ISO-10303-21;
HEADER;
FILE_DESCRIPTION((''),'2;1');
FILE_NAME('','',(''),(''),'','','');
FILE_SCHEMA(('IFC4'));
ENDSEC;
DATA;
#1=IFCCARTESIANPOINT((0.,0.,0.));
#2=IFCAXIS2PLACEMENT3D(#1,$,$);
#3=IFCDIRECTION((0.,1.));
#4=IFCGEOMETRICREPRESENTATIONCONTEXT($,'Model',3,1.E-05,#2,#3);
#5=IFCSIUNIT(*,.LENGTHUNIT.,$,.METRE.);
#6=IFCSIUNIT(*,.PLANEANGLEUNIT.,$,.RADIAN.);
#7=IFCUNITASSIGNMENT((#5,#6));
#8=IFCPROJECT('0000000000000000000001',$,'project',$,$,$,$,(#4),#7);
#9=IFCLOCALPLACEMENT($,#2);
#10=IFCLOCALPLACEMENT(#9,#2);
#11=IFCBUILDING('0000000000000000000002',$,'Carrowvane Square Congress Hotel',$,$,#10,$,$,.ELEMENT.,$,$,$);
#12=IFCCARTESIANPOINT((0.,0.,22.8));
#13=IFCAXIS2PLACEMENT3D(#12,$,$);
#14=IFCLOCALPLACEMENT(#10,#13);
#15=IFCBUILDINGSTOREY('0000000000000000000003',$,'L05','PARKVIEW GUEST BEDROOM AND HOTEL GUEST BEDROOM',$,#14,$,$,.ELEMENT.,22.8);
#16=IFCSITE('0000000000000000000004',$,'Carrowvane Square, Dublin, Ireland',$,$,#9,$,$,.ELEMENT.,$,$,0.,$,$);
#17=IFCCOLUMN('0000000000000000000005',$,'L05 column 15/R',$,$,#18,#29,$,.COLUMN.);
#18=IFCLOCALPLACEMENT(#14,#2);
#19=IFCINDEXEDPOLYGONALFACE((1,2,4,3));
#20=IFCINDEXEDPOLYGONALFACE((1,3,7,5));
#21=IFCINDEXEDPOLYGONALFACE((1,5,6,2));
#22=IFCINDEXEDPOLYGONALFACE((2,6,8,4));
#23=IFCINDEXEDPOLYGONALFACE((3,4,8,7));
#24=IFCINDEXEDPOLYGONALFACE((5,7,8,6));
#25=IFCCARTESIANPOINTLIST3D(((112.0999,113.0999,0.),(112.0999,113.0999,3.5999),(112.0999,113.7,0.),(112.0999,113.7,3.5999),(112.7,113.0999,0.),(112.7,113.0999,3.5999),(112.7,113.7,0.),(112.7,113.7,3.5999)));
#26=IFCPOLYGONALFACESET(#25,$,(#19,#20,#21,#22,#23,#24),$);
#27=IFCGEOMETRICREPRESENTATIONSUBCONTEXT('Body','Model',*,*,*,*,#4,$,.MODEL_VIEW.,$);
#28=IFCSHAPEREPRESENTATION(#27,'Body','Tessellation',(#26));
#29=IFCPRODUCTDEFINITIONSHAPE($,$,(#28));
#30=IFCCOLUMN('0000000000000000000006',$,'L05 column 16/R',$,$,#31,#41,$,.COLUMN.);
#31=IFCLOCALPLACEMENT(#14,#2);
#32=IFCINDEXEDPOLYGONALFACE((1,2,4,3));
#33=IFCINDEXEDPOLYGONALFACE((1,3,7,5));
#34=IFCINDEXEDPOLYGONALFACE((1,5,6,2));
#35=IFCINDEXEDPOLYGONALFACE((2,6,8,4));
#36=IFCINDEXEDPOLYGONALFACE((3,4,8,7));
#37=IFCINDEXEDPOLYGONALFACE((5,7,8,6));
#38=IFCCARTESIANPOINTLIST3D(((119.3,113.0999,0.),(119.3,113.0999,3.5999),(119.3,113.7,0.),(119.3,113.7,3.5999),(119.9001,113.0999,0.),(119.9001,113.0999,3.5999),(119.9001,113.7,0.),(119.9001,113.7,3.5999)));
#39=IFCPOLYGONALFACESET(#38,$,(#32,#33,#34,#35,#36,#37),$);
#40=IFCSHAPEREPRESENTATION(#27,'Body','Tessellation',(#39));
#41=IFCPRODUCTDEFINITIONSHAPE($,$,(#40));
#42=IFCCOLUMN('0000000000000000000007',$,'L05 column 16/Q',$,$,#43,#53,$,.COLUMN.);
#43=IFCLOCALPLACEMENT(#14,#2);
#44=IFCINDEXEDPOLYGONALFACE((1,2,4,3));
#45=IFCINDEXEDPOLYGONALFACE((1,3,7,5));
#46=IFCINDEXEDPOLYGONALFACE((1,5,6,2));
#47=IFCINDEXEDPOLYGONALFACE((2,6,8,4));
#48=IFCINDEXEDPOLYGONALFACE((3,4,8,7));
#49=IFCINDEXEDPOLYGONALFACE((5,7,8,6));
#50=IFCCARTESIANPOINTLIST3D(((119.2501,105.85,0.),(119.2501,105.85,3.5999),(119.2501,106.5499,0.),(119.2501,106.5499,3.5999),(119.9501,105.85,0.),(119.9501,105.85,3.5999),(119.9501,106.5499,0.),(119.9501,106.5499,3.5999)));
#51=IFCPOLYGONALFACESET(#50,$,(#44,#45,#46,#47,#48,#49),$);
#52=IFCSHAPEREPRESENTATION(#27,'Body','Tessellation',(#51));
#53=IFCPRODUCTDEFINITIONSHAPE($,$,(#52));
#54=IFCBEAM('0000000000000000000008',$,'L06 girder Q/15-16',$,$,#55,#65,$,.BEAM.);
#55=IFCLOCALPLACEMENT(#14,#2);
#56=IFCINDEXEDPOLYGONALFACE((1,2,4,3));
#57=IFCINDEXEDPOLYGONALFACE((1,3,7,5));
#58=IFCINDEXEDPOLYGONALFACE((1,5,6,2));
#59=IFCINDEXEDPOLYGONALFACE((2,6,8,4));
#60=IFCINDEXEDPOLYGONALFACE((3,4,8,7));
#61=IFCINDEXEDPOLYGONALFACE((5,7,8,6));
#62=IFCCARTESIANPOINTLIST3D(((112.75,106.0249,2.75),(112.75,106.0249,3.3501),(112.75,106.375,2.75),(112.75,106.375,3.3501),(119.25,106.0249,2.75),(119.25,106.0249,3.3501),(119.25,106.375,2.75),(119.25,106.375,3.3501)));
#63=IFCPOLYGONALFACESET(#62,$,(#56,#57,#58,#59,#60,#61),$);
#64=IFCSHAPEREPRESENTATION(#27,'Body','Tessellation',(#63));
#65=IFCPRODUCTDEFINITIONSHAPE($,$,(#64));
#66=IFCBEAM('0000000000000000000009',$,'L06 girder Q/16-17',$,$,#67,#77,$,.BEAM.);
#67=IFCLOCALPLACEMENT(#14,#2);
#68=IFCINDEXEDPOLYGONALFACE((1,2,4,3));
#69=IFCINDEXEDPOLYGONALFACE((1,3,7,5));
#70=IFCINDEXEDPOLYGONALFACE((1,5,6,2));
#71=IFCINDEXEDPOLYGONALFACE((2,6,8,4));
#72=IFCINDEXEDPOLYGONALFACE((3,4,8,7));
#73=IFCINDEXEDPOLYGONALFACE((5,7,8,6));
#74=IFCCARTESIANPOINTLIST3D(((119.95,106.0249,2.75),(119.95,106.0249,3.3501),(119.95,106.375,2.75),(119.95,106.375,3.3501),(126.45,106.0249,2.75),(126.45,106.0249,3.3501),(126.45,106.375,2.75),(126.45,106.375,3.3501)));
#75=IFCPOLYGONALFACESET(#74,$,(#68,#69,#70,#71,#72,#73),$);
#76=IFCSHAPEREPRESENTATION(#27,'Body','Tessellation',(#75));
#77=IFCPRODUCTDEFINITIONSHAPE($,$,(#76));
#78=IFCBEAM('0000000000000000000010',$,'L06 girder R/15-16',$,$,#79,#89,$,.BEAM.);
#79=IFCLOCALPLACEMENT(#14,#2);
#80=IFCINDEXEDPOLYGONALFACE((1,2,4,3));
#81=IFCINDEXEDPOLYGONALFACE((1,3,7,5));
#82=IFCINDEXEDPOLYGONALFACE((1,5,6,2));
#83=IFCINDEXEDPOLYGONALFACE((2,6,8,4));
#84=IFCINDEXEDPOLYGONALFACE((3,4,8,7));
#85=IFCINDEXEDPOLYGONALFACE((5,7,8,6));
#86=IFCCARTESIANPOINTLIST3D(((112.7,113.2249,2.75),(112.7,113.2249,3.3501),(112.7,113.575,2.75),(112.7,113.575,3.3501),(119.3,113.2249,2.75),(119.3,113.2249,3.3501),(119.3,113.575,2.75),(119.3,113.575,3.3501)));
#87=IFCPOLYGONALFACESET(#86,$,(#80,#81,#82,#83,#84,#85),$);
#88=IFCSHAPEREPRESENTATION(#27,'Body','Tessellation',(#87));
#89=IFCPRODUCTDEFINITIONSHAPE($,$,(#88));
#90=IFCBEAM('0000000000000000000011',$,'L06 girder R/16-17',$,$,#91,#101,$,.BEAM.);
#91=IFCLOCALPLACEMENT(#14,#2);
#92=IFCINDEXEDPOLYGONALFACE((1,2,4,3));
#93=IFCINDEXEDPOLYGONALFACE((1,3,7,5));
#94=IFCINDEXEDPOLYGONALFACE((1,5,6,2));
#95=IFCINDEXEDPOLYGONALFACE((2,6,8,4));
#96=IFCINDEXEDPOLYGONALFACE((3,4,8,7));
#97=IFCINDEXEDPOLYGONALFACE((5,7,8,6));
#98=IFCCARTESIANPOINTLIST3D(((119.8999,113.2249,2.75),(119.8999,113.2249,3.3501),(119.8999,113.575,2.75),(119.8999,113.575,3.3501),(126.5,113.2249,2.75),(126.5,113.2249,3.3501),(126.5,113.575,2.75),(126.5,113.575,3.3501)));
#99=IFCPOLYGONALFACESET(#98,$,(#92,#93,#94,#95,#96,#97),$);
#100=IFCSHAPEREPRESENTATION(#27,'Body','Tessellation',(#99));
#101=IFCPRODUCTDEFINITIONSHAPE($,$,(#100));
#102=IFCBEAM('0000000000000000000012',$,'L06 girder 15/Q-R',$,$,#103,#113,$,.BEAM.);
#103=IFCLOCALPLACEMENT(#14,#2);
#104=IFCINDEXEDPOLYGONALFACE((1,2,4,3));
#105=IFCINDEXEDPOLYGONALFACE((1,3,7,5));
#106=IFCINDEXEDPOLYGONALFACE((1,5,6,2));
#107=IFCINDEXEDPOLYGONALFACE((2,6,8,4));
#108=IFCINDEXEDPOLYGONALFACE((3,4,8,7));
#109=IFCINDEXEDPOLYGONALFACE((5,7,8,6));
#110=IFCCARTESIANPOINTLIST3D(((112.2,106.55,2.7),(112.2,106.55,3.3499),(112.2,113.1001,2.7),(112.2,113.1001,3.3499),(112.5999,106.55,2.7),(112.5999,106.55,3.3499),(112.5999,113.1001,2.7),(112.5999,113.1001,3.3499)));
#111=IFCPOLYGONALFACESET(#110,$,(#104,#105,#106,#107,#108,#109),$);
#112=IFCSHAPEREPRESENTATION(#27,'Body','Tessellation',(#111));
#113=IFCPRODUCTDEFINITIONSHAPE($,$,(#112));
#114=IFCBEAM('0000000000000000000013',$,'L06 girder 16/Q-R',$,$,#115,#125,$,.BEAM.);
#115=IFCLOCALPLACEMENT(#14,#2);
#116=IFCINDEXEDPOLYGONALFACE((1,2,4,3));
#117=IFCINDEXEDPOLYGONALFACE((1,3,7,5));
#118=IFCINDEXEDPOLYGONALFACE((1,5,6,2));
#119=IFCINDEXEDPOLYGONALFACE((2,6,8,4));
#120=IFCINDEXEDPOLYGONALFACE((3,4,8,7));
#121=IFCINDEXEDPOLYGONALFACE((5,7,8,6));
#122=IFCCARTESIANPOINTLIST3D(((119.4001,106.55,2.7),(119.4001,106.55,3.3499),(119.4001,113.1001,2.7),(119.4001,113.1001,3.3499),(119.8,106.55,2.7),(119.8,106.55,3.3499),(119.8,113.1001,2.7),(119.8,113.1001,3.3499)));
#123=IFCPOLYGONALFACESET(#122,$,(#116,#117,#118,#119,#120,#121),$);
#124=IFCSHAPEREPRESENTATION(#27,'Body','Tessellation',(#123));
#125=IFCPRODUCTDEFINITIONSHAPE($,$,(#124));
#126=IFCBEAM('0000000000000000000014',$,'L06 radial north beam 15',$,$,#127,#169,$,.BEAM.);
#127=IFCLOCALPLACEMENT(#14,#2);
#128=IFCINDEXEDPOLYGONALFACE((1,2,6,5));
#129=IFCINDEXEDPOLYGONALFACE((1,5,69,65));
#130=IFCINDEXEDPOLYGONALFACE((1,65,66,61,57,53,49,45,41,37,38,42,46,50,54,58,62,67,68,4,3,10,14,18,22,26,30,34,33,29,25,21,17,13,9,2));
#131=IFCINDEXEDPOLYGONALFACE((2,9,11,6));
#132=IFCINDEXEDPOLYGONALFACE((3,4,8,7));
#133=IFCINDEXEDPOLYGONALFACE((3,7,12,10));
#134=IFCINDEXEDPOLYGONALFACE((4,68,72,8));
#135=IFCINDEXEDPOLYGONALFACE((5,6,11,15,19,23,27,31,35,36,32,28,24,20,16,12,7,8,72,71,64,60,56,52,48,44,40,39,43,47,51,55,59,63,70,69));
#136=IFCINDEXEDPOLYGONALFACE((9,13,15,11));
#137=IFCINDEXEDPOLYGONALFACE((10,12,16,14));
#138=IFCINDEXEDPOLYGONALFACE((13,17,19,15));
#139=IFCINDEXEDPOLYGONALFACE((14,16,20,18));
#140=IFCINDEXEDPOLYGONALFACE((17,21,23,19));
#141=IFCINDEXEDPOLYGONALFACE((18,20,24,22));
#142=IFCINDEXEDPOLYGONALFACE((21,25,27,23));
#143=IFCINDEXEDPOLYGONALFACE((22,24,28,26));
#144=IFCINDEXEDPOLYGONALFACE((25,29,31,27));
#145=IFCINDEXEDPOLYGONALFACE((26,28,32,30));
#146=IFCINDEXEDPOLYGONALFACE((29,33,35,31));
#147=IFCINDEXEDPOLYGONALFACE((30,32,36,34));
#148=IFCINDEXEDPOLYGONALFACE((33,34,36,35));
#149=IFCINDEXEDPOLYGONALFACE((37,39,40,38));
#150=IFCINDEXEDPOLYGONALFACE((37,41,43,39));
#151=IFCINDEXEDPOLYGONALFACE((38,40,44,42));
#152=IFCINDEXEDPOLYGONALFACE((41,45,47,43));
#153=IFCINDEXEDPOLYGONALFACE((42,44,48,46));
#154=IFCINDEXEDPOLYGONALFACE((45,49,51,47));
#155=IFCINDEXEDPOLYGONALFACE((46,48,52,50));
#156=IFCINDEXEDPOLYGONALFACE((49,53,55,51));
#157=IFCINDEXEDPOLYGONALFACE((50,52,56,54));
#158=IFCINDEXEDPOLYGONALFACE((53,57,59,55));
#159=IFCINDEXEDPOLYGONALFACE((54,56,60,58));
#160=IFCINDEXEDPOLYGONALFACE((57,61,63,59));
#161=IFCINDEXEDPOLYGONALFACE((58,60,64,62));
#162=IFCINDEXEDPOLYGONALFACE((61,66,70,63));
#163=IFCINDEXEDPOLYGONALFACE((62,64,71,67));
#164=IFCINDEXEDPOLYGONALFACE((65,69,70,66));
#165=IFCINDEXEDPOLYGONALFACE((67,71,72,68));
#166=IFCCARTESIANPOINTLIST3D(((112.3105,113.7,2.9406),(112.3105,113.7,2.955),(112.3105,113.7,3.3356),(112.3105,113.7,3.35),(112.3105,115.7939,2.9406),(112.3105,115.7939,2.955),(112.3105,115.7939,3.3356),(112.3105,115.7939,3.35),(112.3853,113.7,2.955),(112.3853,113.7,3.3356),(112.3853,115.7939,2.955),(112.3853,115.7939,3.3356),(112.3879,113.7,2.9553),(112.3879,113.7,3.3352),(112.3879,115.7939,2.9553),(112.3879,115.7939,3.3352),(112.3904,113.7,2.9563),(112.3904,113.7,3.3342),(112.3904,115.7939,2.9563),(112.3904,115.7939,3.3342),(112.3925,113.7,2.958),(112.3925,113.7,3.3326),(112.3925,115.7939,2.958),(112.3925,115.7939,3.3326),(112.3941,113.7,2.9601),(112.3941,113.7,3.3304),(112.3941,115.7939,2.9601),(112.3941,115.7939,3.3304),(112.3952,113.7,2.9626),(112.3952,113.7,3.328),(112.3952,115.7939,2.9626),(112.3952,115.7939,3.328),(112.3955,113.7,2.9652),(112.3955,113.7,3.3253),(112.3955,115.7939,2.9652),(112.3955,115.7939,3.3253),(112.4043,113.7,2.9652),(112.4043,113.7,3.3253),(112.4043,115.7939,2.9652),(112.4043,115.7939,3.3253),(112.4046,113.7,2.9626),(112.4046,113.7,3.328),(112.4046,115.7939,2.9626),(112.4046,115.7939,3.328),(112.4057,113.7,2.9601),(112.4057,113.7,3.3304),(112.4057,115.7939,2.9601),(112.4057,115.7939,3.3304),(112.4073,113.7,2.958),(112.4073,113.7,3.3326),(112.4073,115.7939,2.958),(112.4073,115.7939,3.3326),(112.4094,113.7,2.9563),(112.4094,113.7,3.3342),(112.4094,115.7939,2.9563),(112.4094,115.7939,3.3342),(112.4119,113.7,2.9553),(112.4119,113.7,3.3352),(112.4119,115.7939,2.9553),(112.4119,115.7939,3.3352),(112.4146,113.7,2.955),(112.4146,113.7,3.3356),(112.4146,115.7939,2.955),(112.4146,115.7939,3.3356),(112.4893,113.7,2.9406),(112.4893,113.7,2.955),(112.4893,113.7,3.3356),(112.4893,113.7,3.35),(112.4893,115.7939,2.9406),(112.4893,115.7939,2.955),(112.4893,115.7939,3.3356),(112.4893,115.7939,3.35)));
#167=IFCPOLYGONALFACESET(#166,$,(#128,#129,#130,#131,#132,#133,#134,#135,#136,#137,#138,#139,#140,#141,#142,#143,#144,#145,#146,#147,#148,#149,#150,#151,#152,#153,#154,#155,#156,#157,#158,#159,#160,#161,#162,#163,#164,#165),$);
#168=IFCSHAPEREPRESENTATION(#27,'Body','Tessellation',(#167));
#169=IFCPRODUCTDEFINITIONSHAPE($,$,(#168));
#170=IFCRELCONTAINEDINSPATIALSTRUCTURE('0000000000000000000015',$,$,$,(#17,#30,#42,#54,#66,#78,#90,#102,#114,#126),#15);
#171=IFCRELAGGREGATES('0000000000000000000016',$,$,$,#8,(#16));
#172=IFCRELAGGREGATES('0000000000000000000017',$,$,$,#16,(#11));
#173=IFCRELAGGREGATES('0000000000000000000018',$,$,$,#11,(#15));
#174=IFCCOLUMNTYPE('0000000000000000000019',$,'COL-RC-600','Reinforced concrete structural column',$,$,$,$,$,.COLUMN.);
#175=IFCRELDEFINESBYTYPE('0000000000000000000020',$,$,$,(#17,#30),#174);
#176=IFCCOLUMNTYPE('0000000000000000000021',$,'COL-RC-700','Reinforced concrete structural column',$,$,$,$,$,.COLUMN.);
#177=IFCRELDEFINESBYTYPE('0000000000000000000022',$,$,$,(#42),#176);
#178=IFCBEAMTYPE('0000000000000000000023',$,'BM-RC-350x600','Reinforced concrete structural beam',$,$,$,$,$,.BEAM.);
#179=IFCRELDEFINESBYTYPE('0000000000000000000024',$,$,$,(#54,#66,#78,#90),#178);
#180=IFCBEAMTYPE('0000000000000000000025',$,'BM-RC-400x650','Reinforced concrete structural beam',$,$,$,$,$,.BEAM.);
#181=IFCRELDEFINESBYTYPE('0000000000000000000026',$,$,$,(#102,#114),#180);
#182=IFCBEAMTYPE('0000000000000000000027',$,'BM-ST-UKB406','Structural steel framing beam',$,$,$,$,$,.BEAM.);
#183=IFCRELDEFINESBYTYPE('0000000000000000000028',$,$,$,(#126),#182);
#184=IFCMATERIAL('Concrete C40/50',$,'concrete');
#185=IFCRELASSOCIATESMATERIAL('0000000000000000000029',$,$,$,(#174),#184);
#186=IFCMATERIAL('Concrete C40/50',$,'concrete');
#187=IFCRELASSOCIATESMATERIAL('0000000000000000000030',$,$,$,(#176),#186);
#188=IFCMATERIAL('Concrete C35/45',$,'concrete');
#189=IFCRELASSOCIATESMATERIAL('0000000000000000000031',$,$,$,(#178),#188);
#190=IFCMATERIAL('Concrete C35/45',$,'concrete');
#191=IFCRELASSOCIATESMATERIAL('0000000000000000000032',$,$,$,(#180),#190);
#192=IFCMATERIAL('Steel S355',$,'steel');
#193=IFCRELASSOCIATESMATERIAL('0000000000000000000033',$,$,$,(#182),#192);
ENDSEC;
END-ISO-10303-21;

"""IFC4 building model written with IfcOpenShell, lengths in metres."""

from ifc_helpers import new_model, si_unit, direction, frame, origin, origin_2d, place, context, subcontext, project, spatial, rectangle, i_section, extrude, material, material_profile, profile_set, type_object, element, save


model = new_model("IFC4")

# Units and contexts
model_context = context("Model", 3, precision=1e-05, world=origin(), true_north=direction((0.0, 1.0)))
body_context = subcontext(model_context, "Body", "Model", "MODEL_VIEW")
ifc_project = project(units=[si_unit("LENGTHUNIT", "METRE"), si_unit("PLANEANGLEUNIT", "RADIAN")], contexts=[model_context])

# Site, building, storey
site_placement = place(None, origin())
site = spatial("IfcSite", under=ifc_project, at=site_placement, Name="Carrowvane Square, Dublin, Ireland", CompositionType="ELEMENT", RefElevation=0.0)
building_placement = place(site_placement, origin())
building = spatial("IfcBuilding", under=site, at=building_placement, Name="Carrowvane Square Congress Hotel", CompositionType="ELEMENT")
storey_placement = place(building_placement, frame((0.0, 0.0, 22.8)))
storey = spatial("IfcBuildingStorey", under=building, at=storey_placement, Name="L05", Description="PARKVIEW GUEST BEDROOM AND HOTEL GUEST BEDROOM", CompositionType="ELEMENT", Elevation=22.8)

# Columns
ifc_material_1 = material(Name="Concrete C40/50", Category="concrete")
ifc_material_profile_1 = material_profile(ifc_material_1, rectangle(XDim=0.6001, YDim=0.6001, at=origin_2d()), Name="RC 600x600")
ifc_profile_set_1 = profile_set([ifc_material_profile_1], Name="Concrete C40/50")
column_type_1 = type_object("IfcColumnType", Name="COL-RC-600", Description="Reinforced concrete structural column", PredefinedType="COLUMN", material=ifc_profile_set_1)
for number, where, z_axis, x_axis, name in (
    (1, (112.3999, 113.3999, 0.0), (0.0, 0.0, 1.0), (1.0, 0.0, 0.0), "L05 column 15/R"),
    (2, (119.6001, 113.3999, 0.0), (0.0, 0.0, 1.0), (1.0, 0.0, 0.0), "L05 column 16/R"),
):
    element("IfcColumn", number, at=place(storey_placement, frame(where, z_axis=z_axis, x_axis=x_axis)), inside=storey, type_object=column_type_1, Name=name, PredefinedType="COLUMN", context=body_context, shape_type="SweptSolid", body=[
        extrude(rectangle(XDim=0.6001, YDim=0.6001, at=origin_2d()), origin(), (0.0, 0.0, 1.0), 3.5999),
    ])
ifc_material_2 = material(Name="Concrete C40/50", Category="concrete")
ifc_material_profile_2 = material_profile(ifc_material_2, rectangle(XDim=0.7, YDim=0.7, at=origin_2d()), Name="RC 700x700")
ifc_profile_set_2 = profile_set([ifc_material_profile_2], Name="Concrete C40/50")
column_type_2 = type_object("IfcColumnType", Name="COL-RC-700", Description="Reinforced concrete structural column", PredefinedType="COLUMN", material=ifc_profile_set_2)
column_placement = place(storey_placement, frame((119.6001, 106.2, 0.0), z_axis=(0.0, 0.0, 1.0), x_axis=(1.0, 0.0, 0.0)))
element("IfcColumn", 3, at=column_placement, inside=storey, type_object=column_type_2, Name="L05 column 16/Q", PredefinedType="COLUMN", context=body_context, shape_type="SweptSolid", body=[
    extrude(rectangle(XDim=0.7, YDim=0.7, at=origin_2d()), origin(), (0.0, 0.0, 1.0), 3.5999),
])

# Beams
ifc_material_3 = material(Name="Concrete C35/45", Category="concrete")
ifc_material_profile_3 = material_profile(ifc_material_3, rectangle(XDim=0.3501, YDim=0.6001, at=origin_2d()), Name="RC 350x600")
ifc_profile_set_3 = profile_set([ifc_material_profile_3], Name="Concrete C35/45")
beam_type_1 = type_object("IfcBeamType", Name="BM-RC-350x600", Description="Reinforced concrete structural beam", PredefinedType="BEAM", material=ifc_profile_set_3)
for number, where, z_axis, x_axis, name in (
    (4, (112.75, 106.2, 3.05), (1.0, 0.0, 0.0), (0.0, 1.0, 0.0), "L06 girder Q/15-16"),
    (5, (119.95, 106.2, 3.05), (1.0, 0.0, 0.0), (0.0, 1.0, 0.0), "L06 girder Q/16-17"),
):
    element("IfcBeam", number, at=place(storey_placement, frame(where, z_axis=z_axis, x_axis=x_axis)), inside=storey, type_object=beam_type_1, Name=name, PredefinedType="BEAM", context=body_context, shape_type="SweptSolid", body=[
        extrude(rectangle(XDim=0.3501, YDim=0.6001, at=origin_2d()), origin(), (0.0, 0.0, 1.0), 6.5),
    ])
for number, where, z_axis, x_axis, name in (
    (6, (112.7, 113.3999, 3.05), (1.0, 0.0, 0.0), (0.0, 1.0, 0.0), "L06 girder R/15-16"),
    (7, (119.8999, 113.3999, 3.05), (1.0, 0.0, 0.0), (0.0, 1.0, 0.0), "L06 girder R/16-17"),
):
    element("IfcBeam", number, at=place(storey_placement, frame(where, z_axis=z_axis, x_axis=x_axis)), inside=storey, type_object=beam_type_1, Name=name, PredefinedType="BEAM", context=body_context, shape_type="SweptSolid", body=[
        extrude(rectangle(XDim=0.3501, YDim=0.6001, at=origin_2d()), origin(), (0.0, 0.0, 1.0), 6.6001),
    ])
ifc_material_4 = material(Name="Concrete C35/45", Category="concrete")
ifc_material_profile_4 = material_profile(ifc_material_4, rectangle(XDim=0.3999, YDim=0.6499, at=origin_2d()), Name="RC 400x650")
ifc_profile_set_4 = profile_set([ifc_material_profile_4], Name="Concrete C35/45")
beam_type_2 = type_object("IfcBeamType", Name="BM-RC-400x650", Description="Reinforced concrete structural beam", PredefinedType="BEAM", material=ifc_profile_set_4)
for number, where, z_axis, x_axis, name in (
    (8, (112.3999, 106.55, 3.0249), (0.0, 1.0, 0.0), (-1.0, 0.0, 0.0), "L06 girder 15/Q-R"),
    (9, (119.6001, 106.55, 3.0249), (0.0, 1.0, 0.0), (-1.0, 0.0, 0.0), "L06 girder 16/Q-R"),
):
    element("IfcBeam", number, at=place(storey_placement, frame(where, z_axis=z_axis, x_axis=x_axis)), inside=storey, type_object=beam_type_2, Name=name, PredefinedType="BEAM", context=body_context, shape_type="SweptSolid", body=[
        extrude(rectangle(XDim=0.3999, YDim=0.6499, at=origin_2d()), origin(), (0.0, 0.0, 1.0), 6.55),
    ])
ifc_material_5 = material(Name="Steel S355", Category="steel")
ifc_material_profile_5 = material_profile(ifc_material_5, i_section(OverallWidth=0.1787, OverallDepth=0.4094, WebThickness=0.0088, FlangeThickness=0.0144, FilletRadius=0.0103, at=origin_2d()), Name="UKB 406x178x67")
ifc_profile_set_5 = profile_set([ifc_material_profile_5], Name="Steel S355")
beam_type_3 = type_object("IfcBeamType", Name="BM-ST-UKB406", Description="Structural steel framing beam", PredefinedType="BEAM", material=ifc_profile_set_5)
beam_1_placement = place(storey_placement, frame((112.3999, 113.7, 3.1453), z_axis=(0.0, 1.0, 0.0), x_axis=(-1.0, 0.0, 0.0)))
element("IfcBeam", 10, at=beam_1_placement, inside=storey, type_object=beam_type_3, Name="L06 radial north beam 15", PredefinedType="BEAM", context=body_context, shape_type="SweptSolid", body=[
    extrude(i_section(OverallWidth=0.1787, OverallDepth=0.4094, WebThickness=0.0088, FlangeThickness=0.0144, FilletRadius=0.0103, at=origin_2d()), origin(), (0.0, 0.0, 1.0), 2.094),
])

save(model, "model.ifc")
